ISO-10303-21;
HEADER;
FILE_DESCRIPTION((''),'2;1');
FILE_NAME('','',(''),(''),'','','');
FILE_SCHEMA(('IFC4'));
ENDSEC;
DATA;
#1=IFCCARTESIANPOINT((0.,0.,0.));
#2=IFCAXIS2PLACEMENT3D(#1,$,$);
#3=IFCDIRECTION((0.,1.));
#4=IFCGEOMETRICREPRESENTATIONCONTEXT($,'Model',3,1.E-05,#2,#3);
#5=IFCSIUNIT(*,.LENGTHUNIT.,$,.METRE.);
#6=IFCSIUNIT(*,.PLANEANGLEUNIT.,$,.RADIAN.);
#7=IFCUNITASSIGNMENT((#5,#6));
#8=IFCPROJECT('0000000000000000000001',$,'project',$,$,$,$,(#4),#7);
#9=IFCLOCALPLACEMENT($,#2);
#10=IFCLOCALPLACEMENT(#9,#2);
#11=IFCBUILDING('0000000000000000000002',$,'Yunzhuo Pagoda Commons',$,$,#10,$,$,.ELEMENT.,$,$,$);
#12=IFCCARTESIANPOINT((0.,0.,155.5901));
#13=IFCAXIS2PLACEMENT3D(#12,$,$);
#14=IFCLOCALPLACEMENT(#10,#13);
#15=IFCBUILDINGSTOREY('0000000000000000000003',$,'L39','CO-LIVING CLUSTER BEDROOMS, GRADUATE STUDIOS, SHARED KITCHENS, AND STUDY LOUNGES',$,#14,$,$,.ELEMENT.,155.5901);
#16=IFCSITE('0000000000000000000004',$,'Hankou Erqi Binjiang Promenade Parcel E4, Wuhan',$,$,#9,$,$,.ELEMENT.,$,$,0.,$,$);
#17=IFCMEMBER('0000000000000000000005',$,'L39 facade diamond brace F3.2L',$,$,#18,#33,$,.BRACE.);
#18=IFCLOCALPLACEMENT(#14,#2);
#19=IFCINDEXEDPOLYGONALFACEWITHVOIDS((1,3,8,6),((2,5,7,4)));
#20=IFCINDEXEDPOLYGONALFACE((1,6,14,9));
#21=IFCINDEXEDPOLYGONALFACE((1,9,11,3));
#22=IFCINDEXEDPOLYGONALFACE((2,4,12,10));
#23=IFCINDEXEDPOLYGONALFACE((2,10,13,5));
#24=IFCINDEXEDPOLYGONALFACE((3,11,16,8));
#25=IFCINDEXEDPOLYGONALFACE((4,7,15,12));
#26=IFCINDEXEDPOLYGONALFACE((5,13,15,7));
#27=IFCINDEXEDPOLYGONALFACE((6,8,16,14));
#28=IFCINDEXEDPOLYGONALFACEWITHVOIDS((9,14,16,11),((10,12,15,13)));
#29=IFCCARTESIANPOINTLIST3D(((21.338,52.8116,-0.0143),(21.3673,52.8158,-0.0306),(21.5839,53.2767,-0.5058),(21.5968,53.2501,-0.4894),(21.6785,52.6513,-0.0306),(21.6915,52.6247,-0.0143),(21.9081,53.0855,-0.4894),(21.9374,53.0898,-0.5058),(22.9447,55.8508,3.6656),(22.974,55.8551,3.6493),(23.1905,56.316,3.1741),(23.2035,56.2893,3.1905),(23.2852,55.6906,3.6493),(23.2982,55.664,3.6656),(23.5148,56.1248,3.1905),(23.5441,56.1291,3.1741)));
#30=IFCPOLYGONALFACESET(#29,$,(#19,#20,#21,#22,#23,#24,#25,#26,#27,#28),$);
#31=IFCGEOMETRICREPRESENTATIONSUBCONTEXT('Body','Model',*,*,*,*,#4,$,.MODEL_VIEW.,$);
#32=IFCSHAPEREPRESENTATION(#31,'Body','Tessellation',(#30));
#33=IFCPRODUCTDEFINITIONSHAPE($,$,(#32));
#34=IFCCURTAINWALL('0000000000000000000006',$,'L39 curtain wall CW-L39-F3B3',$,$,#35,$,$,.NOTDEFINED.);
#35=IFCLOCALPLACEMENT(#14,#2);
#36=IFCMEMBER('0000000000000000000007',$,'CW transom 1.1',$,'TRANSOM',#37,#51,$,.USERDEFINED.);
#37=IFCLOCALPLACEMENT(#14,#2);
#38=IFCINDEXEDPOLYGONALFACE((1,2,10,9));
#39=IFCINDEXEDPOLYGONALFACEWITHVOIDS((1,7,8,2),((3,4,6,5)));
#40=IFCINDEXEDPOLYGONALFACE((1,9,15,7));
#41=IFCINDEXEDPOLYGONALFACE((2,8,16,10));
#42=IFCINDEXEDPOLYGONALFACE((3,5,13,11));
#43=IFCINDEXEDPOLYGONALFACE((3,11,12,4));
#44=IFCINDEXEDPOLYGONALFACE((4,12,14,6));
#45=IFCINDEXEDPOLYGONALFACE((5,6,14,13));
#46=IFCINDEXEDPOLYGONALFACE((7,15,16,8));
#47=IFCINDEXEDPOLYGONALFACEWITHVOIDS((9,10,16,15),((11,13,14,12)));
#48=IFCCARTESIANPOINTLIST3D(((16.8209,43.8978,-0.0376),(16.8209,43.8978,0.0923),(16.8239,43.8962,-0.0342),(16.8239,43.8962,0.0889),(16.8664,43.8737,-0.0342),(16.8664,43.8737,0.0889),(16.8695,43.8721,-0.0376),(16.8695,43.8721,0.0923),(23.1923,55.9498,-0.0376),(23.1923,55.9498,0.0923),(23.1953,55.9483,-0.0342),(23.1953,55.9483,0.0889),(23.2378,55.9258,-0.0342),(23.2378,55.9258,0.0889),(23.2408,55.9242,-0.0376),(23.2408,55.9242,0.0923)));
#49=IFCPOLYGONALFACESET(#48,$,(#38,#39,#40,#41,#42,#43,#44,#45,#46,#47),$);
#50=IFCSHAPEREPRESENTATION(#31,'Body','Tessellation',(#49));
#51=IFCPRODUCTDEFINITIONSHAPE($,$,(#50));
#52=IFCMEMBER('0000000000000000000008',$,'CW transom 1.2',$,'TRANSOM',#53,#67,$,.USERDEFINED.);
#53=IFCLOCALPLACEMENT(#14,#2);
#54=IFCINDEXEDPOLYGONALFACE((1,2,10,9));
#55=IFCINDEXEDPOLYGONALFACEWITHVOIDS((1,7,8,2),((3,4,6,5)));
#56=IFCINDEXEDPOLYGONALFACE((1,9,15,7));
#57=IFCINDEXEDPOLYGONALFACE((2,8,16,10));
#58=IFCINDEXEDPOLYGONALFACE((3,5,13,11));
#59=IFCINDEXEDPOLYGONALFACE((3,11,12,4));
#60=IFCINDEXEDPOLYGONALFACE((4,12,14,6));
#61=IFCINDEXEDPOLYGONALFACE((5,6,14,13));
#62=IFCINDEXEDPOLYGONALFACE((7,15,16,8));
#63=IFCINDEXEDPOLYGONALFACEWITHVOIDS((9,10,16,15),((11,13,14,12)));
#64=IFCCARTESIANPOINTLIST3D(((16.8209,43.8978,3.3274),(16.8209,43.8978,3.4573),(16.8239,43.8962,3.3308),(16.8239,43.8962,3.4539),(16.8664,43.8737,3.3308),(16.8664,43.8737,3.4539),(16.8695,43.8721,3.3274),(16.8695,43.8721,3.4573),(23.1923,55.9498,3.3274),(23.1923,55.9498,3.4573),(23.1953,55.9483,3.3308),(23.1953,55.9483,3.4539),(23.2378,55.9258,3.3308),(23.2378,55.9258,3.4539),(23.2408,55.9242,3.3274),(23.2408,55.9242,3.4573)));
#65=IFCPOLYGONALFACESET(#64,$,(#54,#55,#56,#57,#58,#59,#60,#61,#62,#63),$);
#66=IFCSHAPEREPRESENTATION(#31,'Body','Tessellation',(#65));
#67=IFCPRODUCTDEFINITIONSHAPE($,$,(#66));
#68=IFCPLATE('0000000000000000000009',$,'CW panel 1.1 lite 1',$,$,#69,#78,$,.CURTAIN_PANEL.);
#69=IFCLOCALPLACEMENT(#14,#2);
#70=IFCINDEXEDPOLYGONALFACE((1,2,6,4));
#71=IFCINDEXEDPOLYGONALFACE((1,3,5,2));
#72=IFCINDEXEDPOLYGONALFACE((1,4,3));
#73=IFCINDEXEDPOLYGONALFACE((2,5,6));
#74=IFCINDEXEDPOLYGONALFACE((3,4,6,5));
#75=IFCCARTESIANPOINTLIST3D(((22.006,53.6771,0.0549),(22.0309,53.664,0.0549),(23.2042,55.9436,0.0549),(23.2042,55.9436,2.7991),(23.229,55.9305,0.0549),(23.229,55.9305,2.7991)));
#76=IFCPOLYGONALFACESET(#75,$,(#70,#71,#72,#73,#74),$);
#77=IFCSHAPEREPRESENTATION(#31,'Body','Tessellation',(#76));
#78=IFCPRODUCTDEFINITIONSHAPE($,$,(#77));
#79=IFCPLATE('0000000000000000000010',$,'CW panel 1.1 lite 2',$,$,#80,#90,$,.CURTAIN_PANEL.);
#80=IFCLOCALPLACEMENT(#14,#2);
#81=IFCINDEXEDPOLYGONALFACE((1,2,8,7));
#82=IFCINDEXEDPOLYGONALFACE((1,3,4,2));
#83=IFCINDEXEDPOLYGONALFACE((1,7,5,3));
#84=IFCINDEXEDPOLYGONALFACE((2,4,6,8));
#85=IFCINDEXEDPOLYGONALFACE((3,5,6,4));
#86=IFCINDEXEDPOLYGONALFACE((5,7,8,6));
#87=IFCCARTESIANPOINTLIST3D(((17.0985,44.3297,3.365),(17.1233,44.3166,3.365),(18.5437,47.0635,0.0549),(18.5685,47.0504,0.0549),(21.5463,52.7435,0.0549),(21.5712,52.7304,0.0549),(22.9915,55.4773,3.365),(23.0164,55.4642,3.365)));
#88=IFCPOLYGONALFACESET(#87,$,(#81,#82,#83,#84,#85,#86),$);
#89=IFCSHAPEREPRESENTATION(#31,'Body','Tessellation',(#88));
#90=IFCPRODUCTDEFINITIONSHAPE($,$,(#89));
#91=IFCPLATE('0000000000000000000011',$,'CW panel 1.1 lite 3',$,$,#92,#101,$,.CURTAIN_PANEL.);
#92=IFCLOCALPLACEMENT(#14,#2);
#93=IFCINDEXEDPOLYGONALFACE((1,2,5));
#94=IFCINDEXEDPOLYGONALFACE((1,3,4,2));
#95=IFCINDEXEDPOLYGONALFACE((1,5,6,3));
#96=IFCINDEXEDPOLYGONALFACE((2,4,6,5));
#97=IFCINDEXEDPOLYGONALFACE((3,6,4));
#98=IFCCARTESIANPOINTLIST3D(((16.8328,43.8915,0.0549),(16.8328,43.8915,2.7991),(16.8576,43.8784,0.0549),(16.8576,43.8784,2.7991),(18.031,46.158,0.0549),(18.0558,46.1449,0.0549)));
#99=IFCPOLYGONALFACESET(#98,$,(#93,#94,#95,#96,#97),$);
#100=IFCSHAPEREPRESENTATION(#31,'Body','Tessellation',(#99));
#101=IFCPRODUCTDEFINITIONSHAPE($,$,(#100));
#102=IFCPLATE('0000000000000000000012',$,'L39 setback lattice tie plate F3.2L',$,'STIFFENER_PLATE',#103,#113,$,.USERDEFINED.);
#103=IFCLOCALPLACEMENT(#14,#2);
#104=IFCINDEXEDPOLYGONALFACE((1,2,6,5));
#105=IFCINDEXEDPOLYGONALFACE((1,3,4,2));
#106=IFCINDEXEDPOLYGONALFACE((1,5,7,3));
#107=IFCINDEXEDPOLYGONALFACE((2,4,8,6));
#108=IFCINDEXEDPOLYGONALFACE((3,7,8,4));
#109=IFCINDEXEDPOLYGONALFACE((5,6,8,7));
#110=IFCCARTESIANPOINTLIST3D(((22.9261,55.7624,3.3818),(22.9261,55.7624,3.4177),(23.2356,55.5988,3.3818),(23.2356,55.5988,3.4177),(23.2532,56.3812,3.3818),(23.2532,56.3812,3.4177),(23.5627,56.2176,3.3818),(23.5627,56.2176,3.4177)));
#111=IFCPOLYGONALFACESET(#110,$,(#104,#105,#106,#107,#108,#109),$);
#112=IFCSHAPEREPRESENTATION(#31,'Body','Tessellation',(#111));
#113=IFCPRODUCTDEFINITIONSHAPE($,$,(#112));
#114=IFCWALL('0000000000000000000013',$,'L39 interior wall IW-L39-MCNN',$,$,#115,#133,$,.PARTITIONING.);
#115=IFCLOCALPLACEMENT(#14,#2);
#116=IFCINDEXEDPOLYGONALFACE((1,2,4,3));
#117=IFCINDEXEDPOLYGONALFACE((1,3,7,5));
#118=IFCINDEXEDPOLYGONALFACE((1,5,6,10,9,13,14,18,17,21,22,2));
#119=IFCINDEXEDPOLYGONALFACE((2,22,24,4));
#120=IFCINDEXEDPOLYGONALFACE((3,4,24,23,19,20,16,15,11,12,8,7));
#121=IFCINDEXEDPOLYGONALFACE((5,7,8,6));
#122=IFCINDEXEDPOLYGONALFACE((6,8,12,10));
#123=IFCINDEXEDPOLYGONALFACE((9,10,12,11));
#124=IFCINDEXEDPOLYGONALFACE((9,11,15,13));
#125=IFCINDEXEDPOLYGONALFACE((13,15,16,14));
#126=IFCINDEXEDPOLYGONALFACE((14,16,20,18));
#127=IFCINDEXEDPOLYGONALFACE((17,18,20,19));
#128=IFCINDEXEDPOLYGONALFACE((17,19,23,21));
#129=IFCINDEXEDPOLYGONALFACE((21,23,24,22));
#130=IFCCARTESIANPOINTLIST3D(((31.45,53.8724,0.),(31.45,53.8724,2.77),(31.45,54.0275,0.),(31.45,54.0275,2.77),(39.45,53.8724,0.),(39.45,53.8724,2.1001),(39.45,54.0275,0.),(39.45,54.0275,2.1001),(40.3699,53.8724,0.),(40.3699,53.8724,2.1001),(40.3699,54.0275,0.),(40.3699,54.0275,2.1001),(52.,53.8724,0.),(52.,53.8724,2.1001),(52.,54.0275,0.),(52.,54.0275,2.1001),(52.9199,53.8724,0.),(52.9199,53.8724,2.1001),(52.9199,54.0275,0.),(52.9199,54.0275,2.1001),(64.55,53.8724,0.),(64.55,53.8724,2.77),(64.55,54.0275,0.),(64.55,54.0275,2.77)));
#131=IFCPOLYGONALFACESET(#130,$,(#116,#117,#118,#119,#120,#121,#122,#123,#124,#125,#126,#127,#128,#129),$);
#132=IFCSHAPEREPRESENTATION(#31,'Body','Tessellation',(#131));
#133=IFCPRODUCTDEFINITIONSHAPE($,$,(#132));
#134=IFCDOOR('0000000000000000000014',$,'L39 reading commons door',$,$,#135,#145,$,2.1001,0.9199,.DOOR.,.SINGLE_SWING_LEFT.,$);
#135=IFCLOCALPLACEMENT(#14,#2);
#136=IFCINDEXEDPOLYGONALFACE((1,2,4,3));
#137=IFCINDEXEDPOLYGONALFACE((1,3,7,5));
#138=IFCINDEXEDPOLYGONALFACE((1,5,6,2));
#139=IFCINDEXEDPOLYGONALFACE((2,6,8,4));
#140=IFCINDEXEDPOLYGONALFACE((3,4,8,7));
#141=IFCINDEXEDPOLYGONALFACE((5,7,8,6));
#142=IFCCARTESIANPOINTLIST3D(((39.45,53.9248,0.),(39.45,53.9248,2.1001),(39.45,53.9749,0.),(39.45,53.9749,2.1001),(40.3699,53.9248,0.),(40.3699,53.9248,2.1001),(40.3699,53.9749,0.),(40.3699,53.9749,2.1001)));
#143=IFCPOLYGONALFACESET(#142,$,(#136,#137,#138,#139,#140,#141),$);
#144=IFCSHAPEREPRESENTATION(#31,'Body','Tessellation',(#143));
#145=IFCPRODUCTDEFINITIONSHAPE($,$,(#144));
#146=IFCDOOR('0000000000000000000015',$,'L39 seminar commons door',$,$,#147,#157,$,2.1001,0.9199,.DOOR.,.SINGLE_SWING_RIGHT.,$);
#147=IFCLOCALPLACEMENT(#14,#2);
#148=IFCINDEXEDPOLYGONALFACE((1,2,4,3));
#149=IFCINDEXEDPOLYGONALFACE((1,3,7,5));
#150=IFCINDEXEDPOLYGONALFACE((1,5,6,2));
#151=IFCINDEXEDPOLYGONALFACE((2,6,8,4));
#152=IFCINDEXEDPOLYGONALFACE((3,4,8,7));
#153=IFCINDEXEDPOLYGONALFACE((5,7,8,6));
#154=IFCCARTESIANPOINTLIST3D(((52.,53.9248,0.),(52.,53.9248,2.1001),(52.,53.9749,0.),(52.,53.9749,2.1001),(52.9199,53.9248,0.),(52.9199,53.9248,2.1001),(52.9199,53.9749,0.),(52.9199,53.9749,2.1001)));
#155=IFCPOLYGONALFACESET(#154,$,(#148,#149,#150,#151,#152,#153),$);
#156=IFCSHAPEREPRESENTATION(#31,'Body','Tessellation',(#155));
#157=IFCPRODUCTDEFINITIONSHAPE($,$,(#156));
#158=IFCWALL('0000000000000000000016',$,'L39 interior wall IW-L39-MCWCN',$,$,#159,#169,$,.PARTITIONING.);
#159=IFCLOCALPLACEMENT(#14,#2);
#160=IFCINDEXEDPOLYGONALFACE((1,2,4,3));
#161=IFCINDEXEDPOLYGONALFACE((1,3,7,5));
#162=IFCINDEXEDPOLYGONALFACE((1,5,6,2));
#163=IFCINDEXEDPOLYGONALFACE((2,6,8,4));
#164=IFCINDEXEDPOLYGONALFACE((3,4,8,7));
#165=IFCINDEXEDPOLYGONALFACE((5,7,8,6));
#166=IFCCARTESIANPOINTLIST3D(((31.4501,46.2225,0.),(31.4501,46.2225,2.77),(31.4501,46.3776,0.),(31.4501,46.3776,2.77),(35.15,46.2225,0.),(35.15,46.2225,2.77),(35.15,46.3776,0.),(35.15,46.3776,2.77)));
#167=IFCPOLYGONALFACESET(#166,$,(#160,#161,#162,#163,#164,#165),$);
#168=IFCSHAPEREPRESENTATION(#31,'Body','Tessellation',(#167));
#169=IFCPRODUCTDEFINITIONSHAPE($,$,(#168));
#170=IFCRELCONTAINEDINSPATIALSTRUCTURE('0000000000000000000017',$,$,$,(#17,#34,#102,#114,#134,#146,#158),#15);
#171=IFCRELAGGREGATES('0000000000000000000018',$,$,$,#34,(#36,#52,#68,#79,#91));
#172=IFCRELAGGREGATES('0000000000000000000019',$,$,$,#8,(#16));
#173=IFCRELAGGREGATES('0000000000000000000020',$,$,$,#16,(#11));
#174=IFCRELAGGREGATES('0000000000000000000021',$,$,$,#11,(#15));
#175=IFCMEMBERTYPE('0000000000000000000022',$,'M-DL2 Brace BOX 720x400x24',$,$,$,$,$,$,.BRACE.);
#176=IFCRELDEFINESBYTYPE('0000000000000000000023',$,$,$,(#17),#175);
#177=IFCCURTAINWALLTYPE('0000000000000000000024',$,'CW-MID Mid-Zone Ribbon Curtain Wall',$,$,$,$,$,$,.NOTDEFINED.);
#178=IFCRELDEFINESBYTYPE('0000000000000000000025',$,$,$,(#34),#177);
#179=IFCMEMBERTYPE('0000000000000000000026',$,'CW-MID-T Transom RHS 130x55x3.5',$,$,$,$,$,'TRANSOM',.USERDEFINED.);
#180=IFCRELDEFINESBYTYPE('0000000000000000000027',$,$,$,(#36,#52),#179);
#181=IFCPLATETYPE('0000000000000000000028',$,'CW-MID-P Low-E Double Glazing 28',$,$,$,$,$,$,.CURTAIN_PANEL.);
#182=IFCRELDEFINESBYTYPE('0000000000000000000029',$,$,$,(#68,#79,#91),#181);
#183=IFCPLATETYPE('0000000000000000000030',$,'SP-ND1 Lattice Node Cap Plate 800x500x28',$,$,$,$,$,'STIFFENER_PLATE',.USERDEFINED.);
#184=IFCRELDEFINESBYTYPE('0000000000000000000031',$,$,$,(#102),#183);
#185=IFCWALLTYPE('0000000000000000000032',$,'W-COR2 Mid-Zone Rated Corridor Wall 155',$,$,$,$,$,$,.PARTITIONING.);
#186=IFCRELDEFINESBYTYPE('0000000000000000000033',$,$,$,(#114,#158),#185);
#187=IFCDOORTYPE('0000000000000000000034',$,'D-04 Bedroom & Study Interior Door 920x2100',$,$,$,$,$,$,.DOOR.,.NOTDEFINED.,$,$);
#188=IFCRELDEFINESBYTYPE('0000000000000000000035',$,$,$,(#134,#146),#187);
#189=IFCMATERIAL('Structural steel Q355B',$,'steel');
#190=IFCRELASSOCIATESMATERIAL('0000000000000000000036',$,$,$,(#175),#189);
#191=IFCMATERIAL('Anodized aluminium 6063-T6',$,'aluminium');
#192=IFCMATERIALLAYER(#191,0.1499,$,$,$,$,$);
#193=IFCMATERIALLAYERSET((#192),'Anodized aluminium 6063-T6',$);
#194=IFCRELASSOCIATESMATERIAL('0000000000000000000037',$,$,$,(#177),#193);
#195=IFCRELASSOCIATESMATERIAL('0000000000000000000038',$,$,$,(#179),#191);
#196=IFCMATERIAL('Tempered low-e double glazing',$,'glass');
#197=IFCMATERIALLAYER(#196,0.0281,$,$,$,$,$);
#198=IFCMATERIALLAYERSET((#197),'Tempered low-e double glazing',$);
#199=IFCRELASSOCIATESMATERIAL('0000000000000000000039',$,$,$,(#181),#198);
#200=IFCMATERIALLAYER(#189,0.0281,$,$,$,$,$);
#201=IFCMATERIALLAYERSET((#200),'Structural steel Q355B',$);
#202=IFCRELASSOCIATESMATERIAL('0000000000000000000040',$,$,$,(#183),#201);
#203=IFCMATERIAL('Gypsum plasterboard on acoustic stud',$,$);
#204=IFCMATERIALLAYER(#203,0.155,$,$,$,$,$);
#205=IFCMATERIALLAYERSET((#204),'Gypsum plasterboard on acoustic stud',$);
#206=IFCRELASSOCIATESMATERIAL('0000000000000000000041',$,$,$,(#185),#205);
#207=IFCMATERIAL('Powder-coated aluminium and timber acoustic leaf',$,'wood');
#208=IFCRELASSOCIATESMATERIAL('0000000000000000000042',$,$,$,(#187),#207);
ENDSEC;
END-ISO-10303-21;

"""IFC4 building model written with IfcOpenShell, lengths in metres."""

from ifc_helpers import new_model, si_unit, direction, frame, frame_2d, origin, origin_with_axes, origin_2d, place, context, subcontext, project, spatial, polyline, rectangle, hollow_rectangle, outline, extrude, source, transform, mapped, material, layer, layer_set, material_profile, profile_set, type_object, element, fill, aggregate, save


model = new_model("IFC4")

# Units and contexts
model_context = context("Model", 3, precision=1e-05, world=origin(), true_north=direction((0.0, 1.0)))
body_context = subcontext(model_context, "Body", "Model", "MODEL_VIEW")
ifc_project = project(units=[si_unit("LENGTHUNIT", "METRE"), si_unit("PLANEANGLEUNIT", "RADIAN")], contexts=[model_context])

# Site, building, storey
site_placement = place(None, origin())
site = spatial("IfcSite", under=ifc_project, at=site_placement, Name="Hankou Erqi Binjiang Promenade Parcel E4, Wuhan", CompositionType="ELEMENT", RefElevation=0.0)
building_placement = place(site_placement, origin())
building = spatial("IfcBuilding", under=site, at=building_placement, Name="Yunzhuo Pagoda Commons", CompositionType="ELEMENT")
storey_placement = place(building_placement, frame((0.0, 0.0, 155.5901)))
storey = spatial("IfcBuildingStorey", under=building, at=storey_placement, Name="L39", Description="CO-LIVING CLUSTER BEDROOMS, GRADUATE STUDIOS, SHARED KITCHENS, AND STUDY LOUNGES", CompositionType="ELEMENT", Elevation=155.5901)

# Shared definitions
ifc_material_1 = material(Name="Structural steel Q355B", Category="steel")

# Member
ifc_material_profile_1 = material_profile(ifc_material_1, hollow_rectangle(XDim=0.3999, YDim=0.72, WallThickness=0.0239, at=origin_2d()), Name="Structural steel Q355B")
ifc_profile_set_1 = profile_set([ifc_material_profile_1], Name="Structural steel Q355B")
member_type_1 = type_object("IfcMemberType", Name="M-DL2 Brace BOX 720x400x24", PredefinedType="BRACE", material=ifc_profile_set_1)
shared_shape_1 = source(origin(), body_context, "Body", "SweptSolid", [
    extrude(hollow_rectangle(XDim=0.3999, YDim=0.72, WallThickness=0.0239, at=origin_2d()), origin(), (0.0, 0.0, 1.0), 5.0359),
])
member_1_placement = place(storey_placement, frame((21.6377, 52.9507, -0.26), z_axis=(0.319044, 0.603523, 0.730733), x_axis=(-0.884071, 0.467353, 0.0)))
element("IfcMember", 1, at=member_1_placement, inside=storey, type_object=member_type_1, Name="L39 facade diamond brace F3.2L", PredefinedType="BRACE", context=body_context, shape_type="MappedRepresentation", body=[
    mapped(shared_shape_1, transform((0.0, 0.0, 0.0), scale=1.0)),
])

# Curtain wall, members, plates
ifc_material_2 = material(Name="Anodized aluminium 6063-T6", Category="aluminium")
ifc_layer_1 = layer(ifc_material_2, 0.1499)
ifc_layer_set_1 = layer_set([ifc_layer_1], Name="Anodized aluminium 6063-T6")
curtain_wall_type = type_object("IfcCurtainWallType", Name="CW-MID Mid-Zone Ribbon Curtain Wall", PredefinedType="NOTDEFINED", material=ifc_layer_set_1)
curtain_wall_placement = place(storey_placement, origin())
curtain_wall = element("IfcCurtainWall", 2, at=curtain_wall_placement, inside=storey, type_object=curtain_wall_type, Name="L39 curtain wall CW-L39-F3B3", PredefinedType="NOTDEFINED")
ifc_material_profile_2 = material_profile(ifc_material_2, hollow_rectangle(XDim=0.0549, YDim=0.1299, WallThickness=0.0034, at=origin_2d()), Name="Anodized aluminium 6063-T6")
ifc_profile_set_2 = profile_set([ifc_material_profile_2], Name="Anodized aluminium 6063-T6")
member_type_2 = type_object("IfcMemberType", Name="CW-MID-T Transom RHS 130x55x3.5", ElementType="TRANSOM", PredefinedType="USERDEFINED", material=ifc_profile_set_2)
shared_shape_2 = source(origin(), body_context, "Body", "SweptSolid", [
    extrude(hollow_rectangle(XDim=0.0549, YDim=0.1299, WallThickness=0.0034, at=origin_2d()), origin(), (0.0, 0.0, 1.0), 13.6326),
])
member_2_placement = place(storey_placement, frame((23.2166, 55.937, 0.0273), z_axis=(-0.467364, -0.884065, 0.0), x_axis=(0.884065, -0.467364, 0.0)))
member_2 = element("IfcMember", 3, at=member_2_placement, type_object=member_type_2, Name="CW transom 1.1", ObjectType="TRANSOM", PredefinedType="USERDEFINED", context=body_context, shape_type="MappedRepresentation", body=[
    mapped(shared_shape_2, transform((0.0, 0.0, 0.0), scale=1.0)),
])
member_3_placement = place(storey_placement, frame((23.2166, 55.937, 3.3923), z_axis=(-0.467364, -0.884065, 0.0), x_axis=(0.884065, -0.467364, 0.0)))
member_3 = element("IfcMember", 4, at=member_3_placement, type_object=member_type_2, Name="CW transom 1.2", ObjectType="TRANSOM", PredefinedType="USERDEFINED", context=body_context, shape_type="MappedRepresentation", body=[
    mapped(shared_shape_2, transform((0.0, 0.0, 0.0), scale=1.0)),
])
ifc_material_3 = material(Name="Tempered low-e double glazing", Category="glass")
ifc_layer_2 = layer(ifc_material_3, 0.0281)
ifc_layer_set_2 = layer_set([ifc_layer_2], Name="Tempered low-e double glazing")
plate_type_1 = type_object("IfcPlateType", Name="CW-MID-P Low-E Double Glazing 28", PredefinedType="CURTAIN_PANEL", material=ifc_layer_set_2)
plate_1_placement = place(storey_placement, frame((22.6299, 54.7971, 1.427), z_axis=(-0.884069, 0.467357, 0.0), x_axis=(-0.467357, -0.884069, 0.0)))
plate_1 = element("IfcPlate", 5, at=plate_1_placement, type_object=plate_type_1, Name="CW panel 1.1 lite 1", PredefinedType="CURTAIN_PANEL", context=body_context, shape_type="SweptSolid", body=[
    extrude(outline(polyline([(-1.282, -1.3721), (1.2817, -1.3721), (-1.282, 1.3721), (-1.282, -1.3721)])), origin(), (0.0, 0.0, 1.0), 0.0281),
])
plate_2_placement = place(storey_placement, frame((20.0698, 49.8904, 1.71), z_axis=(-0.884069, 0.467357, 0.0), x_axis=(-0.467357, -0.884069, 0.0)))
plate_2 = element("IfcPlate", 6, at=plate_2_placement, type_object=plate_type_1, Name="CW panel 1.1 lite 2", PredefinedType="CURTAIN_PANEL", context=body_context, shape_type="SweptSolid", body=[
    extrude(outline(polyline([(-6.3047, 1.655), (-3.2124, -1.655), (3.2124, -1.655), (6.3047, 1.655), (-6.3047, 1.655)])), origin(), (0.0, 0.0, 1.0), 0.0281),
])
plate_3_placement = place(storey_placement, frame((17.4568, 45.0117, 1.427), z_axis=(-0.884069, 0.467357, 0.0), x_axis=(-0.467357, -0.884069, 0.0)))
plate_3 = element("IfcPlate", 7, at=plate_3_placement, type_object=plate_type_1, Name="CW panel 1.1 lite 3", PredefinedType="CURTAIN_PANEL", context=body_context, shape_type="SweptSolid", body=[
    extrude(outline(polyline([(-1.2817, -1.3721), (1.282, -1.3721), (1.282, 1.3721), (-1.2817, -1.3721)])), origin(), (0.0, 0.0, 1.0), 0.0281),
])
aggregate(curtain_wall, [member_2, member_3, plate_1, plate_2, plate_3])

# Plate
ifc_layer_3 = layer(ifc_material_1, 0.0281)
ifc_layer_set_3 = layer_set([ifc_layer_3], Name="Structural steel Q355B")
plate_type_2 = type_object("IfcPlateType", Name="SP-ND1 Lattice Node Cap Plate 800x500x28", ElementType="STIFFENER_PLATE", PredefinedType="USERDEFINED", material=ifc_layer_set_3)
shared_shape_3 = source(origin(), body_context, "Body", "SweptSolid", [
    extrude(rectangle(XDim=0.7, YDim=0.3501, at=origin_2d()), origin(), (0.0, 0.0, 1.0), 0.0359),
])
plate_4_placement = place(storey_placement, frame((23.2444, 55.99, 3.3818), z_axis=(0.0, 0.0, 1.0), x_axis=(-0.467359, -0.884068, 0.0)))
element("IfcPlate", 8, at=plate_4_placement, inside=storey, type_object=plate_type_2, Name="L39 setback lattice tie plate F3.2L", ObjectType="STIFFENER_PLATE", PredefinedType="USERDEFINED", context=body_context, shape_type="MappedRepresentation", body=[
    mapped(shared_shape_3, transform((0.0, 0.0, 0.0), scale=1.0)),
])

# Wall, openings, doors
ifc_material_4 = material(Name="Gypsum plasterboard on acoustic stud")
ifc_layer_4 = layer(ifc_material_4, 0.155)
ifc_layer_set_4 = layer_set([ifc_layer_4], Name="Gypsum plasterboard on acoustic stud")
wall_type_1 = type_object("IfcWallType", Name="W-COR2 Mid-Zone Rated Corridor Wall 155", PredefinedType="PARTITIONING", material=ifc_layer_set_4)
wall_1_placement = place(storey_placement, frame((31.45, 53.95, 0.0), z_axis=(0.0, 0.0, 1.0), x_axis=(1.0, 0.0, 0.0)))
wall_1 = element("IfcWall", 9, at=wall_1_placement, inside=storey, type_object=wall_type_1, Name="L39 interior wall IW-L39-MCNN", PredefinedType="PARTITIONING", context=body_context, shape_type="SweptSolid", body=[
    extrude(rectangle(XDim=33.1001, YDim=0.155, at=frame_2d((16.55, 0.0))), origin(), (0.0, 0.0, 1.0), 2.77),
])
opening_1_placement = place(wall_1_placement, frame((8.0, 0.0, 0.0)))
opening_1 = element("IfcOpeningElement", 10, at=opening_1_placement, cuts=wall_1, PredefinedType="OPENING", context=body_context, shape_type="SweptSolid", body=[
    extrude(rectangle(XDim=0.9199, YDim=2.1001, at=frame_2d((0.46, 1.05))), frame((0.0, 0.0874, 0.0), z_axis=(0.0, -1.0, 0.0), x_axis=(1.0, 0.0, 0.0)), (0.0, 0.0, 1.0), 0.175),
])
opening_2_placement = place(wall_1_placement, frame((20.55, 0.0, 0.0)))
opening_2 = element("IfcOpeningElement", 11, at=opening_2_placement, cuts=wall_1, PredefinedType="OPENING", context=body_context, shape_type="SweptSolid", body=[
    extrude(rectangle(XDim=0.9199, YDim=2.1001, at=frame_2d((0.46, 1.05))), frame((0.0, 0.0874, 0.0), z_axis=(0.0, -1.0, 0.0), x_axis=(1.0, 0.0, 0.0)), (0.0, 0.0, 1.0), 0.175),
])
ifc_material_5 = material(Name="Powder-coated aluminium and timber acoustic leaf", Category="wood")
door_type_1 = type_object("IfcDoorType", Name="D-04 Bedroom & Study Interior Door 920x2100", OperationType="NOTDEFINED", PredefinedType="DOOR", material=ifc_material_5)
shared_shape_4 = source(origin(), body_context, "Body", "SweptSolid", [
    extrude(rectangle(XDim=0.9199, YDim=2.1001, at=frame_2d((0.46, 1.05))), frame((0.0, 0.0249, 0.0), z_axis=(0.0, -1.0, 0.0), x_axis=(1.0, 0.0, 0.0)), (0.0, 0.0, 1.0), 0.05),
])
door_1_placement = place(opening_1_placement, origin_with_axes())
door_1 = element("IfcDoor", 12, at=door_1_placement, inside=storey, type_object=door_type_1, Name="L39 reading commons door", OperationType="SINGLE_SWING_LEFT", OverallHeight=2.1001, OverallWidth=0.9199, PredefinedType="DOOR", context=body_context, shape_type="MappedRepresentation", body=[
    mapped(shared_shape_4, transform((0.0, 0.0, 0.0), scale=1.0)),
])
fill(opening_1, door_1)
door_2_placement = place(opening_2_placement, origin_with_axes())
door_2 = element("IfcDoor", 13, at=door_2_placement, inside=storey, type_object=door_type_1, Name="L39 seminar commons door", OperationType="SINGLE_SWING_RIGHT", OverallHeight=2.1001, OverallWidth=0.9199, PredefinedType="DOOR", context=body_context, shape_type="MappedRepresentation", body=[
    mapped(shared_shape_4, transform((0.0, 0.0, 0.0), scale=1.0)),
])
fill(opening_2, door_2)

# Wall
wall_2_placement = place(storey_placement, frame((31.45, 46.3, 0.0), z_axis=(0.0, 0.0, 1.0), x_axis=(1.0, 0.0, 0.0)))
element("IfcWall", 14, at=wall_2_placement, inside=storey, type_object=wall_type_1, Name="L39 interior wall IW-L39-MCWCN", PredefinedType="PARTITIONING", context=body_context, shape_type="SweptSolid", body=[
    extrude(rectangle(XDim=3.7, YDim=0.155, at=frame_2d((1.8501, 0.0))), origin(), (0.0, 0.0, 1.0), 2.77),
])

save(model, "model.ifc")
